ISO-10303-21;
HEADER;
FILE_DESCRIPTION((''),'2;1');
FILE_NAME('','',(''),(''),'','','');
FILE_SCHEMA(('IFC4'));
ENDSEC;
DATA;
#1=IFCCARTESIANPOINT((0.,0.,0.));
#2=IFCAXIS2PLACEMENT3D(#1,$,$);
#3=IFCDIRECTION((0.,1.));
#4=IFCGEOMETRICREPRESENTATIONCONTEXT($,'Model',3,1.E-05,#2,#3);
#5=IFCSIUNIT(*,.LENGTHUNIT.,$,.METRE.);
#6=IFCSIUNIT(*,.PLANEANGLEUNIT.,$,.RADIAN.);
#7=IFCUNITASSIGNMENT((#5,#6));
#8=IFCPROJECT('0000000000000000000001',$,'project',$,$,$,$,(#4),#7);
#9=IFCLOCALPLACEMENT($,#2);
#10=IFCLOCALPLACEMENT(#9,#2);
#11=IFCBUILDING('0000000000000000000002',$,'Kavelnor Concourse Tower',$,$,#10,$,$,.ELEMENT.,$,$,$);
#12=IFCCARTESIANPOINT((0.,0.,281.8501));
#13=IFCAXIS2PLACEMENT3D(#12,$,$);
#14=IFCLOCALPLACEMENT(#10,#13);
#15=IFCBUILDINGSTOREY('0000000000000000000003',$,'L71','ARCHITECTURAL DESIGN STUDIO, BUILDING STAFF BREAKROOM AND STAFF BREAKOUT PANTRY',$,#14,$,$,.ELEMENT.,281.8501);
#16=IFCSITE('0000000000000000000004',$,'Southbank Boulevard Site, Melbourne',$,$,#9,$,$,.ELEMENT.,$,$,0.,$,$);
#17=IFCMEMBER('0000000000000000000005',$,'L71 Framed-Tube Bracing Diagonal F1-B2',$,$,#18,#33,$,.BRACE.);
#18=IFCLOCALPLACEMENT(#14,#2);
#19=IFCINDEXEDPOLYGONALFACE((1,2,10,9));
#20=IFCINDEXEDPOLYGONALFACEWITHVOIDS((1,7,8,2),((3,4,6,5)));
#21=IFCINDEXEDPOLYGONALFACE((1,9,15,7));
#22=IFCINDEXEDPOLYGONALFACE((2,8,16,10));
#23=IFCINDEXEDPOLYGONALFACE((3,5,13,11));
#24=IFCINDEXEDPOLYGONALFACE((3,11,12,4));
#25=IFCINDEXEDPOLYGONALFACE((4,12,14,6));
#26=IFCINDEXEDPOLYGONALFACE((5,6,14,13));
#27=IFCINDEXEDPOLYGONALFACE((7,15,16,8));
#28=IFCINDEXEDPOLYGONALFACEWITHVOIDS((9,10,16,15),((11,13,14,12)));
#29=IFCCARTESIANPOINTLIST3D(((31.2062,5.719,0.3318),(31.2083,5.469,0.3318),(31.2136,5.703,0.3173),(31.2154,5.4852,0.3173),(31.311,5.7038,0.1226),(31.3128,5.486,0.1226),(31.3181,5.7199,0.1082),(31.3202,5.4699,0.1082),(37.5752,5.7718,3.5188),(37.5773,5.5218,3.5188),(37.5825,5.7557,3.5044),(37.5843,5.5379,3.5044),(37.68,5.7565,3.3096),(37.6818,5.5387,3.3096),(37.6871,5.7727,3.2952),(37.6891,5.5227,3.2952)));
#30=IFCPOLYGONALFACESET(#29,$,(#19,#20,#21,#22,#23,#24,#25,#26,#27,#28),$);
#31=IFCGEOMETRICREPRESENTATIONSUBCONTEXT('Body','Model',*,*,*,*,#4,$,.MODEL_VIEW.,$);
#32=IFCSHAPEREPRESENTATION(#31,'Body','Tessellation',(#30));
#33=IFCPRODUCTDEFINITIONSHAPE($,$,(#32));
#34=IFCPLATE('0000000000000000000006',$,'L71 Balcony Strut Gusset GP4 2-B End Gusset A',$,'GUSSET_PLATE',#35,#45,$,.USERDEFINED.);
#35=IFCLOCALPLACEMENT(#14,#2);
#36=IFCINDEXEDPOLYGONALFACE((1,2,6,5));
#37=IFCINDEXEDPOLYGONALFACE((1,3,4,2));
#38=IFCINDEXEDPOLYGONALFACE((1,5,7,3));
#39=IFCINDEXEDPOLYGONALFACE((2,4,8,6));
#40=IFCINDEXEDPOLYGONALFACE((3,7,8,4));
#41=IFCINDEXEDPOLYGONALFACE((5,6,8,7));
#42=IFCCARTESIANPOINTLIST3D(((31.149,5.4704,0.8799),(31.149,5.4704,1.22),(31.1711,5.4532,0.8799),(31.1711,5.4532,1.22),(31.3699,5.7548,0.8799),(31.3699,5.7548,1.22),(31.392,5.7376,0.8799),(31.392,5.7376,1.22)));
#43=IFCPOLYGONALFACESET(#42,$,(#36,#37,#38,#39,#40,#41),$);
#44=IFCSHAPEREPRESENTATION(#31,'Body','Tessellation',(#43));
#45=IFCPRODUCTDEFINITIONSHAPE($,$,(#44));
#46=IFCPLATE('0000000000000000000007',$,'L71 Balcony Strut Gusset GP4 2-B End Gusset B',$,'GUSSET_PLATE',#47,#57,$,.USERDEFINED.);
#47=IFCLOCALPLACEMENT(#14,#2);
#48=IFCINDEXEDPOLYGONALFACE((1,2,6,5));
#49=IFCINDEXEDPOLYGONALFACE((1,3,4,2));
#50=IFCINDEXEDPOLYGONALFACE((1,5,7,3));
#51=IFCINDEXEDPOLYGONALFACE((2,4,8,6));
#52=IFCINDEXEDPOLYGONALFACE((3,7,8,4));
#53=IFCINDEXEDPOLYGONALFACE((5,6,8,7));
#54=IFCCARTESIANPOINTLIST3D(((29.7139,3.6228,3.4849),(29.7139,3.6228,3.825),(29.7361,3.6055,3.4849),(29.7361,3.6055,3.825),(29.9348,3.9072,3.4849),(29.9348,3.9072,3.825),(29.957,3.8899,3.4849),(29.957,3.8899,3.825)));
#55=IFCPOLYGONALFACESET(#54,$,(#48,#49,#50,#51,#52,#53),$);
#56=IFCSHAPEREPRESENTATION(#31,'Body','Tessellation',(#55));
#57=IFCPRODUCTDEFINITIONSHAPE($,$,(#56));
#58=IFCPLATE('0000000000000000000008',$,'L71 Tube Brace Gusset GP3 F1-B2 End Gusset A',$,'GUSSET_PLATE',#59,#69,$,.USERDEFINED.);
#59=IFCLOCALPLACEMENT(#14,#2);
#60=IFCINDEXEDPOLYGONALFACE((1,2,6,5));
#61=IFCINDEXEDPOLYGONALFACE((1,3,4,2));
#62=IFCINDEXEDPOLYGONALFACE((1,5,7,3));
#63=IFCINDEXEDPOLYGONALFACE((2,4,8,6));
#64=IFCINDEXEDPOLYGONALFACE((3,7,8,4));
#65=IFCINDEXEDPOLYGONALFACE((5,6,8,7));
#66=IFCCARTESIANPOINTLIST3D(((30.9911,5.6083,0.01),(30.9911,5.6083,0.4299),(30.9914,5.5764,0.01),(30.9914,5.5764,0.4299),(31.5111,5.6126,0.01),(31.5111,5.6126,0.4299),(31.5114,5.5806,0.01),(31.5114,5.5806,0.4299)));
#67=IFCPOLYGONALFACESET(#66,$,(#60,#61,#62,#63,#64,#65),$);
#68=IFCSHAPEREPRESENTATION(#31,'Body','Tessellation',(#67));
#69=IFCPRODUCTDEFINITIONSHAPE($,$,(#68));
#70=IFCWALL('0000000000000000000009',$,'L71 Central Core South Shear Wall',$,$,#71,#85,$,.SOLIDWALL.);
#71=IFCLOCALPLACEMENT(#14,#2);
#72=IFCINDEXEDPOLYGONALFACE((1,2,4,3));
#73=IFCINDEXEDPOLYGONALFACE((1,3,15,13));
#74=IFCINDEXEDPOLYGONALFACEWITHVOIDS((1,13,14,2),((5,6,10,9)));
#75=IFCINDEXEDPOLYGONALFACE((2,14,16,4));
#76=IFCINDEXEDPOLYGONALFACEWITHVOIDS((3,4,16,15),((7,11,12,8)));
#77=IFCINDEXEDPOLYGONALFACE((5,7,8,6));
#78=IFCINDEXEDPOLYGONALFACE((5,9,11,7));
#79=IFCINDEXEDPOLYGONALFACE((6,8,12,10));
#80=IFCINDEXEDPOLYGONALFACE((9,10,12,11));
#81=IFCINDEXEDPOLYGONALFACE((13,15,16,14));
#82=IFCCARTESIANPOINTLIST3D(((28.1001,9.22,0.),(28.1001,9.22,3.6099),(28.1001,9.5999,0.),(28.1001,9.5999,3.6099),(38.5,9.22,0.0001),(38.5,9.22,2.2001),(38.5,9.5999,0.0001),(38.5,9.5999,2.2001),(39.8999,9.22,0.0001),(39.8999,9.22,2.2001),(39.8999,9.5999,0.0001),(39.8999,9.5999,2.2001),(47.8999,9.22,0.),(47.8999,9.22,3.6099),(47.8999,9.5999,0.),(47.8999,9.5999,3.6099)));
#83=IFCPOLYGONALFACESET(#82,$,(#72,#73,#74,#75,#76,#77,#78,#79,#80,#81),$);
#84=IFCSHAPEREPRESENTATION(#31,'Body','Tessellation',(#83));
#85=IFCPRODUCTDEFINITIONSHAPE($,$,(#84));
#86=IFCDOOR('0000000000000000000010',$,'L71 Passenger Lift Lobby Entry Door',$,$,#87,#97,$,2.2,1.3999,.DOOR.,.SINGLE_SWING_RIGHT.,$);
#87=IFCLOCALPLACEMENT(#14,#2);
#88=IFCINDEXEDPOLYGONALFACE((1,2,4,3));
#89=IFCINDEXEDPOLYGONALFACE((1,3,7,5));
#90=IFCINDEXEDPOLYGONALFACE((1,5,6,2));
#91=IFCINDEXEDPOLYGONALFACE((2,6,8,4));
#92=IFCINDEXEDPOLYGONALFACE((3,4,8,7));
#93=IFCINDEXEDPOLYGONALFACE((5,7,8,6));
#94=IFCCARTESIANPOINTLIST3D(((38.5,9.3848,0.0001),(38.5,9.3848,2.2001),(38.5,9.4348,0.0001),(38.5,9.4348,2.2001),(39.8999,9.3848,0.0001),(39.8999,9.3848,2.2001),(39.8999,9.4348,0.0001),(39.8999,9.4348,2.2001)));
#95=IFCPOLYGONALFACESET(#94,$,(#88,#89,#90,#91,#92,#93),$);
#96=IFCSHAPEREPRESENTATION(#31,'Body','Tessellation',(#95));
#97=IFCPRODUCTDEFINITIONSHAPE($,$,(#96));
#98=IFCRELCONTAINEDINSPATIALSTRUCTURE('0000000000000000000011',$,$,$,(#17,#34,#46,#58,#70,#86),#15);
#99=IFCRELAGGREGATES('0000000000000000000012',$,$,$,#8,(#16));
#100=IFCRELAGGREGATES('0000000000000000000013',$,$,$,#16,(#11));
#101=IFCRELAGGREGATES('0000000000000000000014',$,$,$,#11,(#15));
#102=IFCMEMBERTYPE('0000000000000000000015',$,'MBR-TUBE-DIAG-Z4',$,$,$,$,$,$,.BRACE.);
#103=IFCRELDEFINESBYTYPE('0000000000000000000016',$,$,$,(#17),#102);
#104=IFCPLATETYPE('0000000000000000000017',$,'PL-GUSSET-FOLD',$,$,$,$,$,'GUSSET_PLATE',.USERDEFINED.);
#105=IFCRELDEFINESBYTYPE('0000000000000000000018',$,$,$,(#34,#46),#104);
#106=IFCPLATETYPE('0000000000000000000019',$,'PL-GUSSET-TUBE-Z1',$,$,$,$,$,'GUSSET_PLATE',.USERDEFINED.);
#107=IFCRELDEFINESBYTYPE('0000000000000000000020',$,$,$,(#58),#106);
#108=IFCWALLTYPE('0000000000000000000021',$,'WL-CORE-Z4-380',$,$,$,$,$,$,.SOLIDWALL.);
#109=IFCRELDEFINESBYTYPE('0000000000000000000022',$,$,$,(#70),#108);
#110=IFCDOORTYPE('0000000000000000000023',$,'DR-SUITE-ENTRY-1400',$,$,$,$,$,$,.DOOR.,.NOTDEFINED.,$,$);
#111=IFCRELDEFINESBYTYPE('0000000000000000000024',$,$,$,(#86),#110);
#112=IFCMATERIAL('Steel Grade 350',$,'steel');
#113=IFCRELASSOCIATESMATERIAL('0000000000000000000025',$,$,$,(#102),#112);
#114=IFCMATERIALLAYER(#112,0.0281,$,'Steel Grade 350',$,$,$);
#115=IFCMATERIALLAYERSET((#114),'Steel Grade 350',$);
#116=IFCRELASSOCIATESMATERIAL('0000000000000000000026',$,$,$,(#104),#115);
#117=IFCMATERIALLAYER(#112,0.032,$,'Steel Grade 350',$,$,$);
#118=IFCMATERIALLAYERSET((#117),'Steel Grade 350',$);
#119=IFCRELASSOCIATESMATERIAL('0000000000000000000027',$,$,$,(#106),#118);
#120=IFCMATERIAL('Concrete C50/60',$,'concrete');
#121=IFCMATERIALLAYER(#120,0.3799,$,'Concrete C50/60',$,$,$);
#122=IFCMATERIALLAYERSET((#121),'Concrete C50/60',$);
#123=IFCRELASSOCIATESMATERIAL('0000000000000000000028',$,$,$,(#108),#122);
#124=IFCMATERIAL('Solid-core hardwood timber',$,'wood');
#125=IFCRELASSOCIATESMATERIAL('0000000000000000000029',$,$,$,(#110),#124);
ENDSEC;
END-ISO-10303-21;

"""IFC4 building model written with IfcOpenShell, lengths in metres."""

from ifc_helpers import new_model, si_unit, direction, frame, frame_2d, origin, origin_2d, place, context, subcontext, project, spatial, rectangle, hollow_rectangle, extrude, material, layer, layer_set, material_profile, profile_set, type_object, element, fill, save


model = new_model("IFC4")

# Units and contexts
model_context = context("Model", 3, precision=1e-05, world=origin(), true_north=direction((0.0, 1.0)))
body_context = subcontext(model_context, "Body", "Model", "MODEL_VIEW")
ifc_project = project(units=[si_unit("LENGTHUNIT", "METRE"), si_unit("PLANEANGLEUNIT", "RADIAN")], contexts=[model_context])

# Site, building, storey
site_placement = place(None, origin())
site = spatial("IfcSite", under=ifc_project, at=site_placement, Name="Southbank Boulevard Site, Melbourne", CompositionType="ELEMENT", RefElevation=0.0)
building_placement = place(site_placement, origin())
building = spatial("IfcBuilding", under=site, at=building_placement, Name="Kavelnor Concourse Tower", CompositionType="ELEMENT")
storey_placement = place(building_placement, frame((0.0, 0.0, 281.8501)))
storey = spatial("IfcBuildingStorey", under=building, at=storey_placement, Name="L71", Description="ARCHITECTURAL DESIGN STUDIO, BUILDING STAFF BREAKROOM AND STAFF BREAKOUT PANTRY", CompositionType="ELEMENT", Elevation=281.8501)

# Shared definitions
ifc_material_1 = material(Name="Steel Grade 350", Category="steel")

# Member
ifc_material_profile_1 = material_profile(ifc_material_1, hollow_rectangle(XDim=0.25, YDim=0.25, WallThickness=0.0161, at=origin_2d()), Name="SHS 250x250x16")
ifc_profile_set_1 = profile_set([ifc_material_profile_1], Name="Steel Grade 350")
member_type_1 = type_object("IfcMemberType", Name="MBR-TUBE-DIAG-Z4", PredefinedType="BRACE", material=ifc_profile_set_1)
member_1_placement = place(storey_placement, frame((31.2632, 5.5945, 0.22), z_axis=(0.894259, 0.007404, 0.447489), x_axis=(-0.00828, 0.999966, 0.0)))
element("IfcMember", 1, at=member_1_placement, inside=storey, type_object=member_type_1, Name="L71 Framed-Tube Bracing Diagonal F1-B2", PredefinedType="BRACE", context=body_context, shape_type="SweptSolid", body=[
    extrude(hollow_rectangle(XDim=0.25, YDim=0.25, WallThickness=0.0161, at=origin_2d()), origin(), (0.0, 0.0, 1.0), 7.1221),
])

# Plates
ifc_layer_1 = layer(ifc_material_1, 0.0281, Name="Steel Grade 350")
ifc_layer_set_1 = layer_set([ifc_layer_1], Name="Steel Grade 350")
plate_type_1 = type_object("IfcPlateType", Name="PL-GUSSET-FOLD", ElementType="GUSSET_PLATE", PredefinedType="USERDEFINED", material=ifc_layer_set_1)
for number, where, z_axis, x_axis, name in (
    (2, (31.2705, 5.604, 0.8799), (0.0, 0.0, 1.0), (-0.613459, -0.789727, 0.0), "L71 Balcony Strut Gusset GP4 2-B End Gusset A"),
    (3, (29.8354, 3.7563, 3.4849), (0.0, 0.0, 1.0), (-0.613459, -0.789727, 0.0), "L71 Balcony Strut Gusset GP4 2-B End Gusset B"),
):
    element("IfcPlate", number, at=place(storey_placement, frame(where, z_axis=z_axis, x_axis=x_axis)), inside=storey, type_object=plate_type_1, Name=name, ObjectType="GUSSET_PLATE", PredefinedType="USERDEFINED", context=body_context, shape_type="SweptSolid", body=[
        extrude(rectangle(XDim=0.3601, YDim=0.0281, at=origin_2d()), origin(), (0.0, 0.0, 1.0), 0.3401),
    ])
ifc_layer_2 = layer(ifc_material_1, 0.032, Name="Steel Grade 350")
ifc_layer_set_2 = layer_set([ifc_layer_2], Name="Steel Grade 350")
plate_type_2 = type_object("IfcPlateType", Name="PL-GUSSET-TUBE-Z1", ElementType="GUSSET_PLATE", PredefinedType="USERDEFINED", material=ifc_layer_set_2)
plate_placement = place(storey_placement, frame((31.2512, 5.5945, 0.01), z_axis=(0.0, 0.0, 1.0), x_axis=(0.999966, 0.008203, 0.0)))
element("IfcPlate", 4, at=plate_placement, inside=storey, type_object=plate_type_2, Name="L71 Tube Brace Gusset GP3 F1-B2 End Gusset A", ObjectType="GUSSET_PLATE", PredefinedType="USERDEFINED", context=body_context, shape_type="SweptSolid", body=[
    extrude(rectangle(XDim=0.52, YDim=0.032, at=origin_2d()), origin(), (0.0, 0.0, 1.0), 0.4199),
])

# Wall, opening, door
ifc_material_2 = material(Name="Concrete C50/60", Category="concrete")
ifc_layer_3 = layer(ifc_material_2, 0.3799, Name="Concrete C50/60")
ifc_layer_set_3 = layer_set([ifc_layer_3], Name="Concrete C50/60")
wall_type = type_object("IfcWallType", Name="WL-CORE-Z4-380", PredefinedType="SOLIDWALL", material=ifc_layer_set_3)
wall_placement = place(storey_placement, frame((28.1001, 9.4099, 0.0), z_axis=(0.0, 0.0, 1.0), x_axis=(1.0, 0.0, 0.0)))
wall = element("IfcWall", 5, at=wall_placement, inside=storey, type_object=wall_type, Name="L71 Central Core South Shear Wall", PredefinedType="SOLIDWALL", context=body_context, shape_type="SweptSolid", body=[
    extrude(rectangle(XDim=19.7998, YDim=0.3799, at=frame_2d((9.8999, 0.0))), origin(), (0.0, 0.0, 1.0), 3.6099),
])
opening_placement = place(wall_placement, frame((10.3999, 0.0, 0.0)))
opening = element("IfcOpeningElement", 6, at=opening_placement, cuts=wall, PredefinedType="OPENING", context=body_context, shape_type="SweptSolid", body=[
    extrude(rectangle(XDim=1.3999, YDim=2.2, at=frame_2d((0.7, 1.1001))), frame((0.0, 0.2, 0.0), z_axis=(0.0, -1.0, 0.0), x_axis=(1.0, 0.0, 0.0)), (0.0, 0.0, 1.0), 0.3999),
])
ifc_material_3 = material(Name="Solid-core hardwood timber", Category="wood")
door_type = type_object("IfcDoorType", Name="DR-SUITE-ENTRY-1400", OperationType="NOTDEFINED", PredefinedType="DOOR", material=ifc_material_3)
door_placement = place(opening_placement, origin())
door = element("IfcDoor", 7, at=door_placement, inside=storey, type_object=door_type, Name="L71 Passenger Lift Lobby Entry Door", OperationType="SINGLE_SWING_RIGHT", OverallHeight=2.2, OverallWidth=1.3999, PredefinedType="DOOR", context=body_context, shape_type="SweptSolid", body=[
    extrude(rectangle(XDim=1.3999, YDim=2.2, at=frame_2d((0.7, 1.1001))), frame((0.0, 0.0249, 0.0), z_axis=(0.0, -1.0, 0.0), x_axis=(1.0, 0.0, 0.0)), (0.0, 0.0, 1.0), 0.05),
])
fill(opening, door)

save(model, "model.ifc")
